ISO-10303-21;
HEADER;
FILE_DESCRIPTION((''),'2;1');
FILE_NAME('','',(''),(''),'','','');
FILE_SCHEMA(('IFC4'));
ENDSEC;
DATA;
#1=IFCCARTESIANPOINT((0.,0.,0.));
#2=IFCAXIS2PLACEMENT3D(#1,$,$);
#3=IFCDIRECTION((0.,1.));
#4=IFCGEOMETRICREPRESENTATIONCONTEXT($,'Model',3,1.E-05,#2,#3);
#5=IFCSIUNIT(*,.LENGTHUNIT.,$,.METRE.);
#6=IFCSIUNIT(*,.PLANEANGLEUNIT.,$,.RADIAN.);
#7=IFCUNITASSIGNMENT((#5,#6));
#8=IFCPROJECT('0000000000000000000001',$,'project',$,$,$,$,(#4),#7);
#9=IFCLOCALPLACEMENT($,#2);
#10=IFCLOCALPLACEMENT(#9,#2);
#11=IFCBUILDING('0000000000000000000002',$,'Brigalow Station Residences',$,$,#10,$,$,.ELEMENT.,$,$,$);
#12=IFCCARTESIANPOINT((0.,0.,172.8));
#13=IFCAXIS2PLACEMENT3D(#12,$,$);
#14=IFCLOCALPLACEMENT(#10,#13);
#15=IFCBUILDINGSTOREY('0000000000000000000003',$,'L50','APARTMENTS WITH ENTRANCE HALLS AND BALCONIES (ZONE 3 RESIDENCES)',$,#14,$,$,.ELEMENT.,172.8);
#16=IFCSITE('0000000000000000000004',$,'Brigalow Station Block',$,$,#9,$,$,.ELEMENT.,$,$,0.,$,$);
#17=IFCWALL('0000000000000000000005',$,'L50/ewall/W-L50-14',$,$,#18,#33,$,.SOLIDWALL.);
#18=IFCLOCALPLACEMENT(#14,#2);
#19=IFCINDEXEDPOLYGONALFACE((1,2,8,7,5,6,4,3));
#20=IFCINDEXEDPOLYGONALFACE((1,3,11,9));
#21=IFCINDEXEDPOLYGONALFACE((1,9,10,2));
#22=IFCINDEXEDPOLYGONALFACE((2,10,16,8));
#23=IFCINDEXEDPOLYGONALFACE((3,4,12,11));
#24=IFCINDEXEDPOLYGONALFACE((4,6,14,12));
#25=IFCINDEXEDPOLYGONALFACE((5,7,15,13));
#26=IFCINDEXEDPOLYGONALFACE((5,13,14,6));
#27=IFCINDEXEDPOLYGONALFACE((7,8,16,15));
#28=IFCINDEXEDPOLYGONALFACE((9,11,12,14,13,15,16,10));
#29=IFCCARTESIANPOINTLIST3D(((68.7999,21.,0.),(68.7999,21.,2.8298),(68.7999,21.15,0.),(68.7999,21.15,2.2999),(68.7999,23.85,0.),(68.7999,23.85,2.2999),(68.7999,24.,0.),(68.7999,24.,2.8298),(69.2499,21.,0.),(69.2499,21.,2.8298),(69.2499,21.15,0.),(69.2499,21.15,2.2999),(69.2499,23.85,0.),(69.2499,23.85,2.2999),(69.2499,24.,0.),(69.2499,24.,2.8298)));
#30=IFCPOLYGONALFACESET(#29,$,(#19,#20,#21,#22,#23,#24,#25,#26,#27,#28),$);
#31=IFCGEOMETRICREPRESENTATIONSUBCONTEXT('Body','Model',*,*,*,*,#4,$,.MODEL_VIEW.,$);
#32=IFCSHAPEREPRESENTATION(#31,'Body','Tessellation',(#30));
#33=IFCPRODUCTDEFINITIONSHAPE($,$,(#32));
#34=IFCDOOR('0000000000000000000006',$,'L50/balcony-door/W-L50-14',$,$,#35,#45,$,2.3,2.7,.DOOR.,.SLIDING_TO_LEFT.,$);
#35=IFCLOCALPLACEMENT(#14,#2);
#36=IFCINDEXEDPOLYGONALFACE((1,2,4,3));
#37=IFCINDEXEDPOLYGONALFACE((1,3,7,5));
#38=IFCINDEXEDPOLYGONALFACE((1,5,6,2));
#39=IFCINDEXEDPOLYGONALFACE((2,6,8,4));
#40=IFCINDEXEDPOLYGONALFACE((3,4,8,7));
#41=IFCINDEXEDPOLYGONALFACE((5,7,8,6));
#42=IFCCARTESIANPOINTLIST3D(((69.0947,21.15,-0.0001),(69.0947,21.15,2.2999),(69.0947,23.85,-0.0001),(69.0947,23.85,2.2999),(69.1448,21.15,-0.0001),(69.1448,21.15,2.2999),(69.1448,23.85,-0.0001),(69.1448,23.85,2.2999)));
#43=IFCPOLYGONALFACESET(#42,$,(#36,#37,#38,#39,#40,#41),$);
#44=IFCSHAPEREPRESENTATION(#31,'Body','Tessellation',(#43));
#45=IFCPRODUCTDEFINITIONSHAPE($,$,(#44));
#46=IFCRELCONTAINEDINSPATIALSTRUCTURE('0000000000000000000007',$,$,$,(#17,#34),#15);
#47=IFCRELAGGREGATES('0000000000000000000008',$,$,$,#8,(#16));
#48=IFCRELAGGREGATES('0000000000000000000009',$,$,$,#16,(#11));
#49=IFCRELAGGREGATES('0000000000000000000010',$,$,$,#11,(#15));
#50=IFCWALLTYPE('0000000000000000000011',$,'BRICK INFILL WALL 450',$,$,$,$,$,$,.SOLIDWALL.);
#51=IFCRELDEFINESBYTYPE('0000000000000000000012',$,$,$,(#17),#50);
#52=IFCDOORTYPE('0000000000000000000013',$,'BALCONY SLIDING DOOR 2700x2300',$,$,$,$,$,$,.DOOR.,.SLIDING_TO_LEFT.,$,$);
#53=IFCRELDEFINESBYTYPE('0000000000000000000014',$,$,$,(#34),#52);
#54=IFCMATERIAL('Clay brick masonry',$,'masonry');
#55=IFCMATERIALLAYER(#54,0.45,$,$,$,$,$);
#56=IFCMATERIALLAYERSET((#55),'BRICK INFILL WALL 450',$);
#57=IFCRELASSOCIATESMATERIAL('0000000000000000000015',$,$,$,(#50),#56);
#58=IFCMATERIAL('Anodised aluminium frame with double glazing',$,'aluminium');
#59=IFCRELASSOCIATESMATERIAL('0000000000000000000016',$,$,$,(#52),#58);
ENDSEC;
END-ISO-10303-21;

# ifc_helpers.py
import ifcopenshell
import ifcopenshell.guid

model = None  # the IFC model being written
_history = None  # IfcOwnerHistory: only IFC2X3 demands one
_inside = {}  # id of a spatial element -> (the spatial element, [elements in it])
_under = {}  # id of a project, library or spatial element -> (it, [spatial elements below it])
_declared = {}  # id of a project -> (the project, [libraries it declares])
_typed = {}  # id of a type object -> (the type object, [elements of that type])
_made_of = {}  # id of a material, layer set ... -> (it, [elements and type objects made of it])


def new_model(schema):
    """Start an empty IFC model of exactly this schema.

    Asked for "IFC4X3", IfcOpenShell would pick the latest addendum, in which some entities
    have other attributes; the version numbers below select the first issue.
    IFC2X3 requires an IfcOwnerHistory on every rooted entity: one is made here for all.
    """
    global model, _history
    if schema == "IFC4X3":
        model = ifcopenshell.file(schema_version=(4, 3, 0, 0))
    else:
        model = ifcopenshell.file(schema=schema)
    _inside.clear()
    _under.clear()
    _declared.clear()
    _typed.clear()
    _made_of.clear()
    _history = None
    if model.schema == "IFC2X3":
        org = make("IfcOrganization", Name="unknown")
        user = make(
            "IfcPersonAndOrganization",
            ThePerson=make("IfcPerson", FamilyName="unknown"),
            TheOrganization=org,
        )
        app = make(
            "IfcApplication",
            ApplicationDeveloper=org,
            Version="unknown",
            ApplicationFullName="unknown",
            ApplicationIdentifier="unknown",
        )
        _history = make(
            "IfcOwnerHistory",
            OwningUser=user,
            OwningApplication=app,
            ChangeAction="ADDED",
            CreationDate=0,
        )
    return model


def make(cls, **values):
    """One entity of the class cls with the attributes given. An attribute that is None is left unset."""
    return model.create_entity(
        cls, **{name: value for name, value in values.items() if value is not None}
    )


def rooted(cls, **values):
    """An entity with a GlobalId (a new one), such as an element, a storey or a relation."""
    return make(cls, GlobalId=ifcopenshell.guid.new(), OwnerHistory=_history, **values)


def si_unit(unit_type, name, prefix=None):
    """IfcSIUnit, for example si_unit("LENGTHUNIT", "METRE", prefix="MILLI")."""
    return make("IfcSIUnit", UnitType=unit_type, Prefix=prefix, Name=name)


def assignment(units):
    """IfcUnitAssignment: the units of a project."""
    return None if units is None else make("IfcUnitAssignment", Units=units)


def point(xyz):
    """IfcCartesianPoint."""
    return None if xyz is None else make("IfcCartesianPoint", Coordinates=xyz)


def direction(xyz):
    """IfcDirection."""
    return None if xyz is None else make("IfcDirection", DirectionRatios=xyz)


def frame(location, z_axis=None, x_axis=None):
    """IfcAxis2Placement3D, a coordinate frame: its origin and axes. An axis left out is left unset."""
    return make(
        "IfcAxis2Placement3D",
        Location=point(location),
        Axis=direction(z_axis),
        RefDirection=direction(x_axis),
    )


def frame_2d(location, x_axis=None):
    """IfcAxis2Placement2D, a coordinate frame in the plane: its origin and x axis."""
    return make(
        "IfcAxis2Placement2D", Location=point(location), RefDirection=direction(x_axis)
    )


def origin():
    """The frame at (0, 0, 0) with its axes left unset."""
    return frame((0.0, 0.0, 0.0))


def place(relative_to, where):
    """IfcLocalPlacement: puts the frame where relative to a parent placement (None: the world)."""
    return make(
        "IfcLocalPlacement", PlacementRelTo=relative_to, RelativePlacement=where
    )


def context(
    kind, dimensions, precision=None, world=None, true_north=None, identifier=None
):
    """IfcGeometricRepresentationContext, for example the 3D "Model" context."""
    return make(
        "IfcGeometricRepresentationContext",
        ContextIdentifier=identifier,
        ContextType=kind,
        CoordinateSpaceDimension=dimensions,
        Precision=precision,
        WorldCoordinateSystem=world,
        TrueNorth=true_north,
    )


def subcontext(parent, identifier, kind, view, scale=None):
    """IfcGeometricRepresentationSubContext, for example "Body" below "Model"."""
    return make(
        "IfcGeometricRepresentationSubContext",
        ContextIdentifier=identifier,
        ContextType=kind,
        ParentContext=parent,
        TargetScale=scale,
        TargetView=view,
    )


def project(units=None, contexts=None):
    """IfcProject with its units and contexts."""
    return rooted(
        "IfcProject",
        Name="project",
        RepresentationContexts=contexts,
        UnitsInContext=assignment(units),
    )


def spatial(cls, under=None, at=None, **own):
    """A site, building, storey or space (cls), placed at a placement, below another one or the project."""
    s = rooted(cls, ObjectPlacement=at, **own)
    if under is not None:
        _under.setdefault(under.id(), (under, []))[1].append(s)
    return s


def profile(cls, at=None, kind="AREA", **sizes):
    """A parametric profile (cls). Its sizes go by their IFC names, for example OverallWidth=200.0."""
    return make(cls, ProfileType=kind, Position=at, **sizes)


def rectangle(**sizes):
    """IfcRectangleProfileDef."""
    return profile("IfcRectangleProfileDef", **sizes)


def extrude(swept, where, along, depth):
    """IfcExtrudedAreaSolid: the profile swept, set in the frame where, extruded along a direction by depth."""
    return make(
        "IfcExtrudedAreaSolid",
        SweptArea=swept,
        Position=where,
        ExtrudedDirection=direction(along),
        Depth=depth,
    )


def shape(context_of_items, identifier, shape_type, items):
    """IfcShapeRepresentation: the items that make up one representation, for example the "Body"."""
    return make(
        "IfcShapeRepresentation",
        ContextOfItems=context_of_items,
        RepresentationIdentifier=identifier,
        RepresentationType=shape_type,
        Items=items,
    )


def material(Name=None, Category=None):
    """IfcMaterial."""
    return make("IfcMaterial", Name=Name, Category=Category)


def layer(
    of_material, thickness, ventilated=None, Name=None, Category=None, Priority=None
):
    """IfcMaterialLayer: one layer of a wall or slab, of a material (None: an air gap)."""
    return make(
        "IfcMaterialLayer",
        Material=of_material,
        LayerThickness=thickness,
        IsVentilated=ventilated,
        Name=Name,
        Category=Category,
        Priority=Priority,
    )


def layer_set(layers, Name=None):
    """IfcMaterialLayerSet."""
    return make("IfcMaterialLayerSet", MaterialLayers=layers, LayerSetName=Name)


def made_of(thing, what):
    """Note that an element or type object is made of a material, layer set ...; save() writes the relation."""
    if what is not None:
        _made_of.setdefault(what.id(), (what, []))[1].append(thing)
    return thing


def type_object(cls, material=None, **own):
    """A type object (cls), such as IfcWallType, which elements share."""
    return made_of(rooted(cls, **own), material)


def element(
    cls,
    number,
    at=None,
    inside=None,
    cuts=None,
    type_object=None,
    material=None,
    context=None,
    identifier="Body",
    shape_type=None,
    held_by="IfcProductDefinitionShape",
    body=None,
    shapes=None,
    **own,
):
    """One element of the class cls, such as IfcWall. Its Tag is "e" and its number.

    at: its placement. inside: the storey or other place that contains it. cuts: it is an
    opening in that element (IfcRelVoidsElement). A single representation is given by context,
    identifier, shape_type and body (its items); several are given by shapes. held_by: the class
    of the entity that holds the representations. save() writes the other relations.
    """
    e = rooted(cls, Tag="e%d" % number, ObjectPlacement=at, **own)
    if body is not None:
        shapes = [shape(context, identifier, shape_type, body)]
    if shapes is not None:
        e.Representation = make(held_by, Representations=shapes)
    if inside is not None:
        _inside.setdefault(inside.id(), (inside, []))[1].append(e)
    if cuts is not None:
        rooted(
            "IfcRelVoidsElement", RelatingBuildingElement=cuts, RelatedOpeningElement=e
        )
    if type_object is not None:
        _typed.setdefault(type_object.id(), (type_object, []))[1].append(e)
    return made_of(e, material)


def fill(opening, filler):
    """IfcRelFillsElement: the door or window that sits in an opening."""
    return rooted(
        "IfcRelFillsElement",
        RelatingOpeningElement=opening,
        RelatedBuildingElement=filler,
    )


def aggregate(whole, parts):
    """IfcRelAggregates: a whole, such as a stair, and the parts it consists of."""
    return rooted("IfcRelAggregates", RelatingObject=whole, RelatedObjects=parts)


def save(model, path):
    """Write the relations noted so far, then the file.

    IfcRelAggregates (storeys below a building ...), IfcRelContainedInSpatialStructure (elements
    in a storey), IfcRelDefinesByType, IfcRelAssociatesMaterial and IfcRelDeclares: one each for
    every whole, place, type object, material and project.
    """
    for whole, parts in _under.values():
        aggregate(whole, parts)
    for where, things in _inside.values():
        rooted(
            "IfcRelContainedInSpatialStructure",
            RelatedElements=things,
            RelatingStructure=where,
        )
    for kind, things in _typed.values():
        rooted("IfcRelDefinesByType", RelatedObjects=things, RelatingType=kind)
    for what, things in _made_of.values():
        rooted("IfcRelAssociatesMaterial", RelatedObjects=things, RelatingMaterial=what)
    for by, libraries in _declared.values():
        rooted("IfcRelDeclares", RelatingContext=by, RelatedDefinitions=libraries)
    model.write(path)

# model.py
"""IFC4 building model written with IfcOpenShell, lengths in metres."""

from ifc_helpers import new_model, si_unit, direction, frame, frame_2d, origin, place, context, subcontext, project, spatial, rectangle, extrude, material, layer, layer_set, type_object, element, fill, save


model = new_model("IFC4")

# Units and contexts
model_context = context("Model", 3, precision=1e-05, world=origin(), true_north=direction((0.0, 1.0)))
body_context = subcontext(model_context, "Body", "Model", "MODEL_VIEW")
ifc_project = project(units=[si_unit("LENGTHUNIT", "METRE"), si_unit("PLANEANGLEUNIT", "RADIAN")], contexts=[model_context])

# Site, building, storey
site_placement = place(None, origin())
site = spatial("IfcSite", under=ifc_project, at=site_placement, Name="Brigalow Station Block", CompositionType="ELEMENT", RefElevation=0.0)
building_placement = place(site_placement, origin())
building = spatial("IfcBuilding", under=site, at=building_placement, Name="Brigalow Station Residences", CompositionType="ELEMENT")
storey_placement = place(building_placement, frame((0.0, 0.0, 172.8)))
storey = spatial("IfcBuildingStorey", under=building, at=storey_placement, Name="L50", Description="APARTMENTS WITH ENTRANCE HALLS AND BALCONIES (ZONE 3 RESIDENCES)", CompositionType="ELEMENT", Elevation=172.8)

# Shared definitions
ifc_material_1 = material(Name="Clay brick masonry", Category="masonry")
ifc_layer = layer(ifc_material_1, 0.45)
ifc_layer_set = layer_set([ifc_layer], Name="BRICK INFILL WALL 450")
wall_type = type_object("IfcWallType", Name="BRICK INFILL WALL 450", PredefinedType="SOLIDWALL", material=ifc_layer_set)

# Wall, opening, door
wall_1_placement = place(storey_placement, frame((69.0249, 21.0, 0.0), z_axis=(0.0, 0.0, 1.0), x_axis=(0.0, 1.0, 0.0)))
wall_1 = element("IfcWall", 1, at=wall_1_placement, inside=storey, type_object=wall_type, Name="L50/ewall/W-L50-14", PredefinedType="SOLIDWALL", context=body_context, shape_type="SweptSolid", body=[
    extrude(rectangle(XDim=3.0, YDim=0.45, at=frame_2d((1.5, 0.0))), origin(), (0.0, 0.0, 1.0), 2.8298),
])
opening_1_placement = place(wall_1_placement, frame((0.1499, 0.0, 0.0)))
opening_1 = element("IfcOpeningElement", 2, at=opening_1_placement, cuts=wall_1, PredefinedType="OPENING", context=body_context, shape_type="SweptSolid", body=[
    extrude(rectangle(XDim=2.7, YDim=2.3, at=frame_2d((1.3501, 1.1499))), frame((0.0, 0.2349, 0.0), z_axis=(0.0, -1.0, 0.0), x_axis=(1.0, 0.0, 0.0)), (0.0, 0.0, 1.0), 0.47),
])
ifc_material_2 = material(Name="Anodised aluminium frame with double glazing", Category="aluminium")
door_type = type_object("IfcDoorType", Name="BALCONY SLIDING DOOR 2700x2300", OperationType="SLIDING_TO_LEFT", PredefinedType="DOOR", material=ifc_material_2)
door_placement = place(opening_1_placement, origin())
door = element("IfcDoor", 3, at=door_placement, inside=storey, type_object=door_type, Name="L50/balcony-door/W-L50-14", OperationType="SLIDING_TO_LEFT", OverallHeight=2.3, OverallWidth=2.7, PredefinedType="DOOR", context=body_context, shape_type="SweptSolid", body=[
    extrude(rectangle(XDim=2.7, YDim=2.3, at=frame_2d((1.3501, 1.1499))), frame((0.0, -0.0698, 0.0), z_axis=(0.0, -1.0, 0.0), x_axis=(1.0, 0.0, 0.0)), (0.0, 0.0, 1.0), 0.05),
])
fill(opening_1, door)

save(model, "model.ifc")
